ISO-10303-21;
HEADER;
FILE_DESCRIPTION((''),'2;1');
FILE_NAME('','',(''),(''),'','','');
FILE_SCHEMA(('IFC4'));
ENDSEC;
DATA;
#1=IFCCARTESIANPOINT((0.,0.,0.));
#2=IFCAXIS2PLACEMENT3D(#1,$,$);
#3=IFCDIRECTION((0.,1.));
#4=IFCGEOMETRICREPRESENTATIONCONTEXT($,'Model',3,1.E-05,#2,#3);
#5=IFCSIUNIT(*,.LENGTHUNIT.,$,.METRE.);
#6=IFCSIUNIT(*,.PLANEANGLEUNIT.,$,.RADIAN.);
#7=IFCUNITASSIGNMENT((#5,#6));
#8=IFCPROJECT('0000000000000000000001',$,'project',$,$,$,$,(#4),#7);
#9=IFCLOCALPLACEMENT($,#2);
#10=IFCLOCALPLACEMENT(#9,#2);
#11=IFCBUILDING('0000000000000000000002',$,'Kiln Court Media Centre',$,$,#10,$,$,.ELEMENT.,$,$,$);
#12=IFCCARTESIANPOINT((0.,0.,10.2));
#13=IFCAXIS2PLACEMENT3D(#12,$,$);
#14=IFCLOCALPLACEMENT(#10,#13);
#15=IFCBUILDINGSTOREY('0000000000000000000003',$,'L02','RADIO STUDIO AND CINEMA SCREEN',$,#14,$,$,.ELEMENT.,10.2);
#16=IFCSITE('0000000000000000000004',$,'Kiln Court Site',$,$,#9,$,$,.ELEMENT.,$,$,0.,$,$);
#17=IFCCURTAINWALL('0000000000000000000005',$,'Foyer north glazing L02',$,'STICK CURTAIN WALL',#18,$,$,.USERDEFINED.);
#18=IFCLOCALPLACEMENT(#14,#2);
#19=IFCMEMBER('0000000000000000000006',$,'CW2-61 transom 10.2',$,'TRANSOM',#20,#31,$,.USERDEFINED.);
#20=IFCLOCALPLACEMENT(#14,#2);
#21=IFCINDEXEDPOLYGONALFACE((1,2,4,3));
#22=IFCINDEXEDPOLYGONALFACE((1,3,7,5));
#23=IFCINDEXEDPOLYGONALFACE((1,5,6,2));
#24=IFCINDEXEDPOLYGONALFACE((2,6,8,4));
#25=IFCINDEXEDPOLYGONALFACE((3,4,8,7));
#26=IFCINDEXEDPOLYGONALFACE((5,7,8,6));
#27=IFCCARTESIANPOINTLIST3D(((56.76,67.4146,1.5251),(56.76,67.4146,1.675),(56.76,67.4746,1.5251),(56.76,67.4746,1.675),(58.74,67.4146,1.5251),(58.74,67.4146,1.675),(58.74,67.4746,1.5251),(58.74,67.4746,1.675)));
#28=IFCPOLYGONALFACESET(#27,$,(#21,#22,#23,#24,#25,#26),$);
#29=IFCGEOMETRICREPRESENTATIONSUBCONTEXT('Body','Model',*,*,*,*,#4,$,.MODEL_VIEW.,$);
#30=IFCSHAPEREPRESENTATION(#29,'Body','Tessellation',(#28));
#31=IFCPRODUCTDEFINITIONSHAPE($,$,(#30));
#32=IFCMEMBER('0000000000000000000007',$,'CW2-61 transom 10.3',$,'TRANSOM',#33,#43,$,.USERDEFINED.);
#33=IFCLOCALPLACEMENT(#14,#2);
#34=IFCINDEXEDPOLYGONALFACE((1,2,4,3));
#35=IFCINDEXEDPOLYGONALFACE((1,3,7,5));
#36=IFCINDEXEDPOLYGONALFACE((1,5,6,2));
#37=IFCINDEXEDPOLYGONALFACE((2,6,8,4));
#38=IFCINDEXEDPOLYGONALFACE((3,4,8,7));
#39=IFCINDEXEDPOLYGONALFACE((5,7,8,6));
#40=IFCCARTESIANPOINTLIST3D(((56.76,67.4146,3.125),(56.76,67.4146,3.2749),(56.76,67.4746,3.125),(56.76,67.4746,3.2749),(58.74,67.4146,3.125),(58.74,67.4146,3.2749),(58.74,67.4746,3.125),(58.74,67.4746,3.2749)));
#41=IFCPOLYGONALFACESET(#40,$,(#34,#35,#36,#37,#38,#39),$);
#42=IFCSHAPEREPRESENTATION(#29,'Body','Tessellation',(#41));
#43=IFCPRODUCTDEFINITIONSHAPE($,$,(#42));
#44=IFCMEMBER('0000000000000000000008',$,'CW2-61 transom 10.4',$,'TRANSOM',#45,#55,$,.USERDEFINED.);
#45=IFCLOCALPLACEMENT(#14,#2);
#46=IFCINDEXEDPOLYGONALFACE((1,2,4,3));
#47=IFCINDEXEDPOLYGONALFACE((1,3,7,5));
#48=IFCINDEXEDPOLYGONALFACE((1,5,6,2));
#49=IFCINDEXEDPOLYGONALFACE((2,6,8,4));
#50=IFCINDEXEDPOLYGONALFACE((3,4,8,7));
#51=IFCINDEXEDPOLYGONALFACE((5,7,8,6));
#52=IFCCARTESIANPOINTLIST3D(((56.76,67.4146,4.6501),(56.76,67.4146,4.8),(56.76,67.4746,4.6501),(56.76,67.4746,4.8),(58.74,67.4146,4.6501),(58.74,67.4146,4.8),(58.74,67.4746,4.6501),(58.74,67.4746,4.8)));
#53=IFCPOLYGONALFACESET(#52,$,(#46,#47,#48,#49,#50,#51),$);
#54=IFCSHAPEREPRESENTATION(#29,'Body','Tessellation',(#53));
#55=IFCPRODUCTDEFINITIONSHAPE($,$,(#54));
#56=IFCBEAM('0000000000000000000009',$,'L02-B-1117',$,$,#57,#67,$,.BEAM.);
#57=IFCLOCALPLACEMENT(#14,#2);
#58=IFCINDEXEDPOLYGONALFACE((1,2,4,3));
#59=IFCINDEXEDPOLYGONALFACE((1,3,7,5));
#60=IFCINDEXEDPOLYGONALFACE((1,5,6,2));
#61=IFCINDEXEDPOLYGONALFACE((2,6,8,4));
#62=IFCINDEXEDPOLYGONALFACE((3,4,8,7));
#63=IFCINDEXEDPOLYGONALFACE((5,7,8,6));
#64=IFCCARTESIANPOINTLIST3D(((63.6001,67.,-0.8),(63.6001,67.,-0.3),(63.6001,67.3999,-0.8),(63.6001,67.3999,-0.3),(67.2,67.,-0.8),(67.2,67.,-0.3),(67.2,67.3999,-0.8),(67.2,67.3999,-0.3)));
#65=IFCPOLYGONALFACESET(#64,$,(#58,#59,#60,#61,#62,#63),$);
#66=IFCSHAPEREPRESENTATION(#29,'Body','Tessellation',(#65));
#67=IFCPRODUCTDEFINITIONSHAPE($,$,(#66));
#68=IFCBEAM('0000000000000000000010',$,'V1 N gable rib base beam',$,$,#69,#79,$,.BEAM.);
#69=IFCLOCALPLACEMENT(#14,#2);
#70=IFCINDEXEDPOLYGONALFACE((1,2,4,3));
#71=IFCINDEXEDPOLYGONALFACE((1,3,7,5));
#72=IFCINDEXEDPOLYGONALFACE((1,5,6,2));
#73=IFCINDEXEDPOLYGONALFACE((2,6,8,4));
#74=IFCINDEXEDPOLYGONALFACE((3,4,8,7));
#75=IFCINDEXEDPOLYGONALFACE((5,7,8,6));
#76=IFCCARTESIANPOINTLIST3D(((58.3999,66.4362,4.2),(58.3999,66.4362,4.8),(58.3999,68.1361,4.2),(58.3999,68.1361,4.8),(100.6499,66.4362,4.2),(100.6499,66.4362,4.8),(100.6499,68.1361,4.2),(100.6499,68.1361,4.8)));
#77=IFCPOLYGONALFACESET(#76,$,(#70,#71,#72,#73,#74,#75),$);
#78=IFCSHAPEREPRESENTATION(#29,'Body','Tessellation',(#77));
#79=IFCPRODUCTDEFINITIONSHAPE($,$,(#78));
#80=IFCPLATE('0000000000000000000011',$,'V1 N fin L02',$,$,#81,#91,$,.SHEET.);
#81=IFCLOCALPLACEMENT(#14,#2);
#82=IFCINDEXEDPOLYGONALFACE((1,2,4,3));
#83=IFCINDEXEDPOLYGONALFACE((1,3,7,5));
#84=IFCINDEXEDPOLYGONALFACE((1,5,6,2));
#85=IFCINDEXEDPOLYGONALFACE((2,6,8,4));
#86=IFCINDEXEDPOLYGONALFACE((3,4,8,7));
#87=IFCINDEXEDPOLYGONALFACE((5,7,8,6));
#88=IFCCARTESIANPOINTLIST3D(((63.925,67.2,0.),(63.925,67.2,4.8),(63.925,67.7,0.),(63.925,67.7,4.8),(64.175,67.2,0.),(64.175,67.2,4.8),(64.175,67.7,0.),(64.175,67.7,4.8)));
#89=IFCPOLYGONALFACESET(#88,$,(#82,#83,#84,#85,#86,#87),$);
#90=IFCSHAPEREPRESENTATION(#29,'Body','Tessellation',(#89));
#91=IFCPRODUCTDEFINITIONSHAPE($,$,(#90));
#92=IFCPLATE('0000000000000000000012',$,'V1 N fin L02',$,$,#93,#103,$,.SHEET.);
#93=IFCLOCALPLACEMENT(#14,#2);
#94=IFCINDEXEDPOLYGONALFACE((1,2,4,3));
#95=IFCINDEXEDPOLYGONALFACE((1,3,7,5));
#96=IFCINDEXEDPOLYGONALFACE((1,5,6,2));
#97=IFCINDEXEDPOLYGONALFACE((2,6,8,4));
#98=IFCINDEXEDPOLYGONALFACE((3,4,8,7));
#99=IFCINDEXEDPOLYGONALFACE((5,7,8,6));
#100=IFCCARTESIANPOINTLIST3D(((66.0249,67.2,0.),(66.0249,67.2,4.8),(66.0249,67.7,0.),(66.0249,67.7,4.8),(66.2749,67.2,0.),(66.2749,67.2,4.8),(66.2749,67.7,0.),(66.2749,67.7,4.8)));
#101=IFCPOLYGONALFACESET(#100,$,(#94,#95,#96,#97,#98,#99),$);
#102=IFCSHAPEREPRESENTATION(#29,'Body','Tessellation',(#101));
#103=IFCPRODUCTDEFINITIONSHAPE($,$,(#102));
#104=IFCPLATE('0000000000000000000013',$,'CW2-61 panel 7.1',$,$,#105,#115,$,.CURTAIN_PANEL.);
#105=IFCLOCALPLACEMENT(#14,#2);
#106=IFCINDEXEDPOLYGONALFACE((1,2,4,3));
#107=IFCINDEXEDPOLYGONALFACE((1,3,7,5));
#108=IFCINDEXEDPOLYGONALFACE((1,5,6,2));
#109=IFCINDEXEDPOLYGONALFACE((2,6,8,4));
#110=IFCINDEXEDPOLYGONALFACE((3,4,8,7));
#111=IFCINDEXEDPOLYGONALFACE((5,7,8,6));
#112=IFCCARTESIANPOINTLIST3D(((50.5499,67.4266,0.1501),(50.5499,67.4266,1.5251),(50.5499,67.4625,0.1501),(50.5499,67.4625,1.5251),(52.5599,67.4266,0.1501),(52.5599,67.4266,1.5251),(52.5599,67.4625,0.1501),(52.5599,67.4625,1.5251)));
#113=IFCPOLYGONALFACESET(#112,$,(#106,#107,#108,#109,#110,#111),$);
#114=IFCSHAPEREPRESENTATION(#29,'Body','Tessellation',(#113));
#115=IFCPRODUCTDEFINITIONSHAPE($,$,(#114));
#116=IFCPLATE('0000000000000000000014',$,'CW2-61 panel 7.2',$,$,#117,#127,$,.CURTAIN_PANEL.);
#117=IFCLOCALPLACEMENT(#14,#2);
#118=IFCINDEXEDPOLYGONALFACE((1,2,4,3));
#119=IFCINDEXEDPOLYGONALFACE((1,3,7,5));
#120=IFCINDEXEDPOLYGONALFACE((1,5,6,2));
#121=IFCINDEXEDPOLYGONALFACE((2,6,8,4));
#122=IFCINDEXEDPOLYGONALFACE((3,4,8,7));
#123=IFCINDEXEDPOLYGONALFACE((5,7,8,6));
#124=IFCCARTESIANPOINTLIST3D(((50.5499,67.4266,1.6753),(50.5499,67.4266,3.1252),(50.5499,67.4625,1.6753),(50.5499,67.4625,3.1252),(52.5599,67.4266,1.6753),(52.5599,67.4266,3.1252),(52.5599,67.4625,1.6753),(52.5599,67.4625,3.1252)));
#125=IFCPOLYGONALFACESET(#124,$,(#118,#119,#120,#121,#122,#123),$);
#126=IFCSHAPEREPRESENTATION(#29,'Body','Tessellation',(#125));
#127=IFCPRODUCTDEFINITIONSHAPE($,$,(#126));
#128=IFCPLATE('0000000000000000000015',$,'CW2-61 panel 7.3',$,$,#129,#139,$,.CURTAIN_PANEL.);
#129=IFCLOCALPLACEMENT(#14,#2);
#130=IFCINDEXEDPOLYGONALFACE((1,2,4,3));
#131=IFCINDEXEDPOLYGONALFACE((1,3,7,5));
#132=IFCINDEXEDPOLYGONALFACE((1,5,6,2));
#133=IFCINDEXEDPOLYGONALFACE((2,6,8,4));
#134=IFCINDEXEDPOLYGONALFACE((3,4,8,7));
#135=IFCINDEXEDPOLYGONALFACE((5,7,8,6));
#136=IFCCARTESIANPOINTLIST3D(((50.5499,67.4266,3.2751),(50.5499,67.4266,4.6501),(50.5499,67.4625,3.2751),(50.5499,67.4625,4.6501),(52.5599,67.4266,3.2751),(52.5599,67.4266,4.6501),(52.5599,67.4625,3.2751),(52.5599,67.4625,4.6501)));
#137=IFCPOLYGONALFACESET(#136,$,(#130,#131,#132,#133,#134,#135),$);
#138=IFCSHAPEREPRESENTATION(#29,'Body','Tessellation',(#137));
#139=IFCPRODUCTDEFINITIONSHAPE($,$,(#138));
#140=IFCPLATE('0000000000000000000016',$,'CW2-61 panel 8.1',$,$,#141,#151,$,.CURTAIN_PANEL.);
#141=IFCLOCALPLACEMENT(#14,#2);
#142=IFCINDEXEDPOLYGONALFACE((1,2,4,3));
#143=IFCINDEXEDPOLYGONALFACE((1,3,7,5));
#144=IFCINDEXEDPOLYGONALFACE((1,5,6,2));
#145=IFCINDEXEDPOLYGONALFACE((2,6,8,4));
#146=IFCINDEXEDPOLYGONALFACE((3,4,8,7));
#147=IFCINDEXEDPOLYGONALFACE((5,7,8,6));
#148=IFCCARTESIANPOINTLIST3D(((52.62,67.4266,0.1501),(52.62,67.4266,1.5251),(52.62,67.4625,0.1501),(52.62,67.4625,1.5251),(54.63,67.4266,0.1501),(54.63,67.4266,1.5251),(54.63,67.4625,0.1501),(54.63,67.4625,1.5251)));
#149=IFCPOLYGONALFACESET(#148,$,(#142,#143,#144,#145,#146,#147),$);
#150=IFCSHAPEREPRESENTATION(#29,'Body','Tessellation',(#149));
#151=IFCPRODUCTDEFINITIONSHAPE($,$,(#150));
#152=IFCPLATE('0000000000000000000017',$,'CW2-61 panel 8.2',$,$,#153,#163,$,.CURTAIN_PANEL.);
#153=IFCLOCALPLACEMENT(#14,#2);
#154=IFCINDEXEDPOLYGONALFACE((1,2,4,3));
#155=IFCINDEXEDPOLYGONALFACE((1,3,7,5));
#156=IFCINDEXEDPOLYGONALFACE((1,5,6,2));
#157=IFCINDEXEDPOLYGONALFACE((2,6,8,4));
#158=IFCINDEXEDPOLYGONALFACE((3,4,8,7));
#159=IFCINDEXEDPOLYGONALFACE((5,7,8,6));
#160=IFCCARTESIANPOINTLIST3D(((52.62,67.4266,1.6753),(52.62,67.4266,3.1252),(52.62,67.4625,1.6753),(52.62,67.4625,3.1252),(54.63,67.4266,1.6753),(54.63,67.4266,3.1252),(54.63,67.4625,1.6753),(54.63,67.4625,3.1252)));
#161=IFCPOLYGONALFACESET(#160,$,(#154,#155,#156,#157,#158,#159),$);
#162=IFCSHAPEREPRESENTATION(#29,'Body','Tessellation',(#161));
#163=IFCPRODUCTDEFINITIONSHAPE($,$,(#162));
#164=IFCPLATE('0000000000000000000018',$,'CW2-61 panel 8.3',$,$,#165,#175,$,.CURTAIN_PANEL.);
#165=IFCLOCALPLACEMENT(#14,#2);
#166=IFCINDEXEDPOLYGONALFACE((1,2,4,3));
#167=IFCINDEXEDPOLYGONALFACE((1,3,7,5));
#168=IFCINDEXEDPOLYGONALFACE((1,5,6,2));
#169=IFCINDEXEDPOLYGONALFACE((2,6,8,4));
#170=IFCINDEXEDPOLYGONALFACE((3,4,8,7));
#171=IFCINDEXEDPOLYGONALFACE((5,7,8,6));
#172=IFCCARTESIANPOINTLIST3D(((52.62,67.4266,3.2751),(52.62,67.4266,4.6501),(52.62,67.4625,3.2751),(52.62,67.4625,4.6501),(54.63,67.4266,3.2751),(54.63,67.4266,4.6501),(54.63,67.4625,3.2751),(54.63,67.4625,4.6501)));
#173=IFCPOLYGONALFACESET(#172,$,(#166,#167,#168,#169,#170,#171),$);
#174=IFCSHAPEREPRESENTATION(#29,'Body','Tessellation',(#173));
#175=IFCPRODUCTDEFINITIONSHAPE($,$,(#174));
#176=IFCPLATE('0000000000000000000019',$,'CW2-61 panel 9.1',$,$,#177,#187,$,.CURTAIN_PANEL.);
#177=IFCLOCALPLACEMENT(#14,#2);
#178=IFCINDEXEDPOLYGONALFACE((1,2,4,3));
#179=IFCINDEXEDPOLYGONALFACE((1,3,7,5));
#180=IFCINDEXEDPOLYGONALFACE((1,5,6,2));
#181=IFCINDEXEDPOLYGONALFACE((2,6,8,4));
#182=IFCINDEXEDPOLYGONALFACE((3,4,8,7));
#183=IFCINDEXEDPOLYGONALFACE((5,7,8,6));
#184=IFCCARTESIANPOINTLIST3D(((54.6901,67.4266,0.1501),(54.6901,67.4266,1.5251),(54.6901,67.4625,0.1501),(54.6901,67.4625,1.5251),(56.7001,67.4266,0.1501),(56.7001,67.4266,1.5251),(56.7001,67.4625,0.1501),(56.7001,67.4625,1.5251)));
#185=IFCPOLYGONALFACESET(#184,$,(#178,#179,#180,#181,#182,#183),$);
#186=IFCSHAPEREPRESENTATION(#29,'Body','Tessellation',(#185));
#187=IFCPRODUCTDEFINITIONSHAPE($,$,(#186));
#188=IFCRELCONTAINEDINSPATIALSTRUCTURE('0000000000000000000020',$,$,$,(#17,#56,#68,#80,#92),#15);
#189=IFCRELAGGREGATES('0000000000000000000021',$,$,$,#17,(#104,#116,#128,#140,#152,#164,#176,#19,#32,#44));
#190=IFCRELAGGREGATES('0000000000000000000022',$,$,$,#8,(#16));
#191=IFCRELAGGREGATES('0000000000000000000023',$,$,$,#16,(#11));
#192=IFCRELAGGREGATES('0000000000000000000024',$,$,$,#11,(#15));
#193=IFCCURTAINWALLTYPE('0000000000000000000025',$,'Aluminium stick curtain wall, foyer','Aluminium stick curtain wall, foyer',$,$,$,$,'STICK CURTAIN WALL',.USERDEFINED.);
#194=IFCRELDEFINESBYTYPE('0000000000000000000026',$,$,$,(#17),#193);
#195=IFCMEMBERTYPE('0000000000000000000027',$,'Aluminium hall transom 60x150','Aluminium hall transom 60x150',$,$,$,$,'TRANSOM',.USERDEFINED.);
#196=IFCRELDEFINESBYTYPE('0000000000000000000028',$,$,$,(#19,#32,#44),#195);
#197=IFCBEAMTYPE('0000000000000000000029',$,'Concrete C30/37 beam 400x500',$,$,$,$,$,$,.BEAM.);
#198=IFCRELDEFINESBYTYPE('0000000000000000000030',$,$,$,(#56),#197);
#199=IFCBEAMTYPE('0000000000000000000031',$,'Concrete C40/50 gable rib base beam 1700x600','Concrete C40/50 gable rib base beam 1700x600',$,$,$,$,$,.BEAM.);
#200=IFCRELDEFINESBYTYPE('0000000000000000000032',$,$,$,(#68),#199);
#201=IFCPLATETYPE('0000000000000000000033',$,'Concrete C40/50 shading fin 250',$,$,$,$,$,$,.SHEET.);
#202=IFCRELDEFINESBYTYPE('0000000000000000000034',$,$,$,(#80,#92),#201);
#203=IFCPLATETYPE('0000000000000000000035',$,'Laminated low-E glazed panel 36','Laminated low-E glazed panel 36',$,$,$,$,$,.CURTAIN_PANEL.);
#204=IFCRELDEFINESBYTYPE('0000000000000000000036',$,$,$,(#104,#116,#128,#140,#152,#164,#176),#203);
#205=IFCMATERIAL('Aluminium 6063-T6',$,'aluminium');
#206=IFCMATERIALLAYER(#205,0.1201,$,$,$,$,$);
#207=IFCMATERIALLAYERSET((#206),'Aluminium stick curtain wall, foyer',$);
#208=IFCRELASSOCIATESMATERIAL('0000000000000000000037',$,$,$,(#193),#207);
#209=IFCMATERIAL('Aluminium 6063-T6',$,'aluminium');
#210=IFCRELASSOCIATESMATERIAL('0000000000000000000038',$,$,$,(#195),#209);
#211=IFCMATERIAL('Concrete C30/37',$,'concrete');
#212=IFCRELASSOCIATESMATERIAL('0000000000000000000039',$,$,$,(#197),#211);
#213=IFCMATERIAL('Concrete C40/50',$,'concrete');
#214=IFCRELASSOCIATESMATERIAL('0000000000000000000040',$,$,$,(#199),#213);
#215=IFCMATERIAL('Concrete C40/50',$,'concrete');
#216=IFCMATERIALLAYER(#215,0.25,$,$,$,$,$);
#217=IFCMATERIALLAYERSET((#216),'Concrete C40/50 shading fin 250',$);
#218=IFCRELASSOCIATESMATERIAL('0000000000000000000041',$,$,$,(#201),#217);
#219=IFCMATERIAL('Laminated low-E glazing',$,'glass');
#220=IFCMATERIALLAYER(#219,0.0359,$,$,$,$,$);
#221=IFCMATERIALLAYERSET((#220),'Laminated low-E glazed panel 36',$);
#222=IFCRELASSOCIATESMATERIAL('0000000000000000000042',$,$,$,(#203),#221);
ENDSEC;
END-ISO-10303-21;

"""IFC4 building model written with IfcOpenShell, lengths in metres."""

from ifc_helpers import new_model, si_unit, direction, frame, origin, origin_2d, place, context, subcontext, project, spatial, rectangle, extrude, material, layer, layer_set, material_profile, profile_set, type_object, element, aggregate, save


model = new_model("IFC4")

# Units and contexts
model_context = context("Model", 3, precision=1e-05, world=origin(), true_north=direction((0.0, 1.0)))
body_context = subcontext(model_context, "Body", "Model", "MODEL_VIEW")
ifc_project = project(units=[si_unit("LENGTHUNIT", "METRE"), si_unit("PLANEANGLEUNIT", "RADIAN")], contexts=[model_context])

# Site, building, storey
site_placement = place(None, origin())
site = spatial("IfcSite", under=ifc_project, at=site_placement, Name="Kiln Court Site", CompositionType="ELEMENT", RefElevation=0.0)
building_placement = place(site_placement, origin())
building = spatial("IfcBuilding", under=site, at=building_placement, Name="Kiln Court Media Centre", CompositionType="ELEMENT")
storey_placement = place(building_placement, frame((0.0, 0.0, 10.2)))
storey = spatial("IfcBuildingStorey", under=building, at=storey_placement, Name="L02", Description="RADIO STUDIO AND CINEMA SCREEN", CompositionType="ELEMENT", Elevation=10.2)

# Curtain wall, members
ifc_material_1 = material(Name="Aluminium 6063-T6", Category="aluminium")
ifc_layer_1 = layer(ifc_material_1, 0.1201)
ifc_layer_set_1 = layer_set([ifc_layer_1], Name="Aluminium stick curtain wall, foyer")
curtain_wall_type = type_object("IfcCurtainWallType", Name="Aluminium stick curtain wall, foyer", Description="Aluminium stick curtain wall, foyer", ElementType="STICK CURTAIN WALL", PredefinedType="USERDEFINED", material=ifc_layer_set_1)
curtain_wall_placement = place(storey_placement, origin())
curtain_wall = element("IfcCurtainWall", 1, at=curtain_wall_placement, inside=storey, type_object=curtain_wall_type, Name="Foyer north glazing L02", ObjectType="STICK CURTAIN WALL", PredefinedType="USERDEFINED")
ifc_material_2 = material(Name="Aluminium 6063-T6", Category="aluminium")
ifc_material_profile_1 = material_profile(ifc_material_2, rectangle(XDim=0.0601, YDim=0.1499, at=origin_2d()), Name="Aluminium hall transom 60x150")
ifc_profile_set_1 = profile_set([ifc_material_profile_1], Name="Aluminium 6063-T6")
member_type_1 = type_object("IfcMemberType", Name="Aluminium hall transom 60x150", Description="Aluminium hall transom 60x150", ElementType="TRANSOM", PredefinedType="USERDEFINED", material=ifc_profile_set_1)
member_1_placement = place(storey_placement, frame((56.76, 67.4446, 1.6001), z_axis=(1.0, 0.0, 0.0), x_axis=(0.0, 1.0, 0.0)))
member_1 = element("IfcMember", 2, at=member_1_placement, type_object=member_type_1, Name="CW2-61 transom 10.2", ObjectType="TRANSOM", PredefinedType="USERDEFINED", context=body_context, shape_type="SweptSolid", body=[
    extrude(rectangle(XDim=0.0601, YDim=0.1499, at=origin_2d()), origin(), (0.0, 0.0, 1.0), 1.98),
])
member_2_placement = place(storey_placement, frame((56.76, 67.4446, 3.2), z_axis=(1.0, 0.0, 0.0), x_axis=(0.0, 1.0, 0.0)))
member_2 = element("IfcMember", 3, at=member_2_placement, type_object=member_type_1, Name="CW2-61 transom 10.3", ObjectType="TRANSOM", PredefinedType="USERDEFINED", context=body_context, shape_type="SweptSolid", body=[
    extrude(rectangle(XDim=0.0601, YDim=0.1499, at=origin_2d()), origin(), (0.0, 0.0, 1.0), 1.98),
])
member_3_placement = place(storey_placement, frame((56.76, 67.4446, 4.7251), z_axis=(1.0, 0.0, 0.0), x_axis=(0.0, 1.0, 0.0)))
member_3 = element("IfcMember", 4, at=member_3_placement, type_object=member_type_1, Name="CW2-61 transom 10.4", ObjectType="TRANSOM", PredefinedType="USERDEFINED", context=body_context, shape_type="SweptSolid", body=[
    extrude(rectangle(XDim=0.0601, YDim=0.1499, at=origin_2d()), origin(), (0.0, 0.0, 1.0), 1.98),
])

# Beams
ifc_material_3 = material(Name="Concrete C30/37", Category="concrete")
ifc_material_profile_2 = material_profile(ifc_material_3, rectangle(XDim=0.3999, YDim=0.5, at=origin_2d()), Name="RC 400x500")
ifc_profile_set_2 = profile_set([ifc_material_profile_2], Name="Concrete C30/37")
beam_type_1 = type_object("IfcBeamType", Name="Concrete C30/37 beam 400x500", PredefinedType="BEAM", material=ifc_profile_set_2)
beam_1_placement = place(storey_placement, frame((63.6001, 67.2, -0.55), z_axis=(1.0, 0.0, 0.0), x_axis=(0.0, 1.0, 0.0)))
element("IfcBeam", 5, at=beam_1_placement, inside=storey, type_object=beam_type_1, Name="L02-B-1117", PredefinedType="BEAM", context=body_context, shape_type="SweptSolid", body=[
    extrude(rectangle(XDim=0.3999, YDim=0.5, at=origin_2d()), origin(), (0.0, 0.0, 1.0), 3.5999),
])
ifc_material_4 = material(Name="Concrete C40/50", Category="concrete")
ifc_material_profile_3 = material_profile(ifc_material_4, rectangle(XDim=1.7, YDim=0.6001, at=origin_2d()), Name="RC 1700x600")
ifc_profile_set_3 = profile_set([ifc_material_profile_3], Name="Concrete C40/50")
beam_type_2 = type_object("IfcBeamType", Name="Concrete C40/50 gable rib base beam 1700x600", Description="Concrete C40/50 gable rib base beam 1700x600", PredefinedType="BEAM", material=ifc_profile_set_3)
beam_2_placement = place(storey_placement, frame((58.3999, 67.2861, 4.5), z_axis=(1.0, 0.0, 0.0), x_axis=(0.0, 1.0, 0.0)))
element("IfcBeam", 6, at=beam_2_placement, inside=storey, type_object=beam_type_2, Name="V1 N gable rib base beam", PredefinedType="BEAM", context=body_context, shape_type="SweptSolid", body=[
    extrude(rectangle(XDim=1.7, YDim=0.6001, at=origin_2d()), origin(), (0.0, 0.0, 1.0), 42.25),
])

# Plates
ifc_material_5 = material(Name="Concrete C40/50", Category="concrete")
ifc_layer_2 = layer(ifc_material_5, 0.25)
ifc_layer_set_2 = layer_set([ifc_layer_2], Name="Concrete C40/50 shading fin 250")
plate_type_1 = type_object("IfcPlateType", Name="Concrete C40/50 shading fin 250", PredefinedType="SHEET", material=ifc_layer_set_2)
for number, where, z_axis, x_axis, name in (
    (7, (64.05, 67.45, 0.0), (0.0, 0.0, 1.0), (1.0, 0.0, 0.0), "V1 N fin L02"),
    (8, (66.1499, 67.45, 0.0), (0.0, 0.0, 1.0), (1.0, 0.0, 0.0), "V1 N fin L02"),
):
    element("IfcPlate", number, at=place(storey_placement, frame(where, z_axis=z_axis, x_axis=x_axis)), inside=storey, type_object=plate_type_1, Name=name, PredefinedType="SHEET", context=body_context, shape_type="SweptSolid", body=[
        extrude(rectangle(XDim=0.25, YDim=0.5, at=origin_2d()), origin(), (0.0, 0.0, 1.0), 4.8),
    ])

# Plates
ifc_material_6 = material(Name="Laminated low-E glazing", Category="glass")
ifc_layer_3 = layer(ifc_material_6, 0.0359)
ifc_layer_set_3 = layer_set([ifc_layer_3], Name="Laminated low-E glazed panel 36")
plate_type_2 = type_object("IfcPlateType", Name="Laminated low-E glazed panel 36", Description="Laminated low-E glazed panel 36", PredefinedType="CURTAIN_PANEL", material=ifc_layer_set_3)
plate_1_placement = place(storey_placement, frame((51.5549, 67.4446, 0.1501), z_axis=(0.0, 0.0, 1.0), x_axis=(1.0, 0.0, 0.0)))
plate_1 = element("IfcPlate", 9, at=plate_1_placement, type_object=plate_type_2, Name="CW2-61 panel 7.1", PredefinedType="CURTAIN_PANEL", context=body_context, shape_type="SweptSolid", body=[
    extrude(rectangle(XDim=2.01, YDim=0.0359, at=origin_2d()), origin(), (0.0, 0.0, 1.0), 1.375),
])
plate_2_placement = place(storey_placement, frame((51.5549, 67.4446, 1.6753), z_axis=(0.0, 0.0, 1.0), x_axis=(1.0, 0.0, 0.0)))
plate_2 = element("IfcPlate", 10, at=plate_2_placement, type_object=plate_type_2, Name="CW2-61 panel 7.2", PredefinedType="CURTAIN_PANEL", context=body_context, shape_type="SweptSolid", body=[
    extrude(rectangle(XDim=2.01, YDim=0.0359, at=origin_2d()), origin(), (0.0, 0.0, 1.0), 1.45),
])
plate_3_placement = place(storey_placement, frame((51.5549, 67.4446, 3.2751), z_axis=(0.0, 0.0, 1.0), x_axis=(1.0, 0.0, 0.0)))
plate_3 = element("IfcPlate", 11, at=plate_3_placement, type_object=plate_type_2, Name="CW2-61 panel 7.3", PredefinedType="CURTAIN_PANEL", context=body_context, shape_type="SweptSolid", body=[
    extrude(rectangle(XDim=2.01, YDim=0.0359, at=origin_2d()), origin(), (0.0, 0.0, 1.0), 1.375),
])
plate_4_placement = place(storey_placement, frame((53.625, 67.4446, 0.1501), z_axis=(0.0, 0.0, 1.0), x_axis=(1.0, 0.0, 0.0)))
plate_4 = element("IfcPlate", 12, at=plate_4_placement, type_object=plate_type_2, Name="CW2-61 panel 8.1", PredefinedType="CURTAIN_PANEL", context=body_context, shape_type="SweptSolid", body=[
    extrude(rectangle(XDim=2.01, YDim=0.0359, at=origin_2d()), origin(), (0.0, 0.0, 1.0), 1.375),
])
plate_5_placement = place(storey_placement, frame((53.625, 67.4446, 1.6753), z_axis=(0.0, 0.0, 1.0), x_axis=(1.0, 0.0, 0.0)))
plate_5 = element("IfcPlate", 13, at=plate_5_placement, type_object=plate_type_2, Name="CW2-61 panel 8.2", PredefinedType="CURTAIN_PANEL", context=body_context, shape_type="SweptSolid", body=[
    extrude(rectangle(XDim=2.01, YDim=0.0359, at=origin_2d()), origin(), (0.0, 0.0, 1.0), 1.45),
])
plate_6_placement = place(storey_placement, frame((53.625, 67.4446, 3.2751), z_axis=(0.0, 0.0, 1.0), x_axis=(1.0, 0.0, 0.0)))
plate_6 = element("IfcPlate", 14, at=plate_6_placement, type_object=plate_type_2, Name="CW2-61 panel 8.3", PredefinedType="CURTAIN_PANEL", context=body_context, shape_type="SweptSolid", body=[
    extrude(rectangle(XDim=2.01, YDim=0.0359, at=origin_2d()), origin(), (0.0, 0.0, 1.0), 1.375),
])
plate_7_placement = place(storey_placement, frame((55.6951, 67.4446, 0.1501), z_axis=(0.0, 0.0, 1.0), x_axis=(1.0, 0.0, 0.0)))
plate_7 = element("IfcPlate", 15, at=plate_7_placement, type_object=plate_type_2, Name="CW2-61 panel 9.1", PredefinedType="CURTAIN_PANEL", context=body_context, shape_type="SweptSolid", body=[
    extrude(rectangle(XDim=2.01, YDim=0.0359, at=origin_2d()), origin(), (0.0, 0.0, 1.0), 1.375),
])
aggregate(curtain_wall, [plate_1, plate_2, plate_3, plate_4, plate_5, plate_6, plate_7, member_1, member_2, member_3])

save(model, "model.ifc")
